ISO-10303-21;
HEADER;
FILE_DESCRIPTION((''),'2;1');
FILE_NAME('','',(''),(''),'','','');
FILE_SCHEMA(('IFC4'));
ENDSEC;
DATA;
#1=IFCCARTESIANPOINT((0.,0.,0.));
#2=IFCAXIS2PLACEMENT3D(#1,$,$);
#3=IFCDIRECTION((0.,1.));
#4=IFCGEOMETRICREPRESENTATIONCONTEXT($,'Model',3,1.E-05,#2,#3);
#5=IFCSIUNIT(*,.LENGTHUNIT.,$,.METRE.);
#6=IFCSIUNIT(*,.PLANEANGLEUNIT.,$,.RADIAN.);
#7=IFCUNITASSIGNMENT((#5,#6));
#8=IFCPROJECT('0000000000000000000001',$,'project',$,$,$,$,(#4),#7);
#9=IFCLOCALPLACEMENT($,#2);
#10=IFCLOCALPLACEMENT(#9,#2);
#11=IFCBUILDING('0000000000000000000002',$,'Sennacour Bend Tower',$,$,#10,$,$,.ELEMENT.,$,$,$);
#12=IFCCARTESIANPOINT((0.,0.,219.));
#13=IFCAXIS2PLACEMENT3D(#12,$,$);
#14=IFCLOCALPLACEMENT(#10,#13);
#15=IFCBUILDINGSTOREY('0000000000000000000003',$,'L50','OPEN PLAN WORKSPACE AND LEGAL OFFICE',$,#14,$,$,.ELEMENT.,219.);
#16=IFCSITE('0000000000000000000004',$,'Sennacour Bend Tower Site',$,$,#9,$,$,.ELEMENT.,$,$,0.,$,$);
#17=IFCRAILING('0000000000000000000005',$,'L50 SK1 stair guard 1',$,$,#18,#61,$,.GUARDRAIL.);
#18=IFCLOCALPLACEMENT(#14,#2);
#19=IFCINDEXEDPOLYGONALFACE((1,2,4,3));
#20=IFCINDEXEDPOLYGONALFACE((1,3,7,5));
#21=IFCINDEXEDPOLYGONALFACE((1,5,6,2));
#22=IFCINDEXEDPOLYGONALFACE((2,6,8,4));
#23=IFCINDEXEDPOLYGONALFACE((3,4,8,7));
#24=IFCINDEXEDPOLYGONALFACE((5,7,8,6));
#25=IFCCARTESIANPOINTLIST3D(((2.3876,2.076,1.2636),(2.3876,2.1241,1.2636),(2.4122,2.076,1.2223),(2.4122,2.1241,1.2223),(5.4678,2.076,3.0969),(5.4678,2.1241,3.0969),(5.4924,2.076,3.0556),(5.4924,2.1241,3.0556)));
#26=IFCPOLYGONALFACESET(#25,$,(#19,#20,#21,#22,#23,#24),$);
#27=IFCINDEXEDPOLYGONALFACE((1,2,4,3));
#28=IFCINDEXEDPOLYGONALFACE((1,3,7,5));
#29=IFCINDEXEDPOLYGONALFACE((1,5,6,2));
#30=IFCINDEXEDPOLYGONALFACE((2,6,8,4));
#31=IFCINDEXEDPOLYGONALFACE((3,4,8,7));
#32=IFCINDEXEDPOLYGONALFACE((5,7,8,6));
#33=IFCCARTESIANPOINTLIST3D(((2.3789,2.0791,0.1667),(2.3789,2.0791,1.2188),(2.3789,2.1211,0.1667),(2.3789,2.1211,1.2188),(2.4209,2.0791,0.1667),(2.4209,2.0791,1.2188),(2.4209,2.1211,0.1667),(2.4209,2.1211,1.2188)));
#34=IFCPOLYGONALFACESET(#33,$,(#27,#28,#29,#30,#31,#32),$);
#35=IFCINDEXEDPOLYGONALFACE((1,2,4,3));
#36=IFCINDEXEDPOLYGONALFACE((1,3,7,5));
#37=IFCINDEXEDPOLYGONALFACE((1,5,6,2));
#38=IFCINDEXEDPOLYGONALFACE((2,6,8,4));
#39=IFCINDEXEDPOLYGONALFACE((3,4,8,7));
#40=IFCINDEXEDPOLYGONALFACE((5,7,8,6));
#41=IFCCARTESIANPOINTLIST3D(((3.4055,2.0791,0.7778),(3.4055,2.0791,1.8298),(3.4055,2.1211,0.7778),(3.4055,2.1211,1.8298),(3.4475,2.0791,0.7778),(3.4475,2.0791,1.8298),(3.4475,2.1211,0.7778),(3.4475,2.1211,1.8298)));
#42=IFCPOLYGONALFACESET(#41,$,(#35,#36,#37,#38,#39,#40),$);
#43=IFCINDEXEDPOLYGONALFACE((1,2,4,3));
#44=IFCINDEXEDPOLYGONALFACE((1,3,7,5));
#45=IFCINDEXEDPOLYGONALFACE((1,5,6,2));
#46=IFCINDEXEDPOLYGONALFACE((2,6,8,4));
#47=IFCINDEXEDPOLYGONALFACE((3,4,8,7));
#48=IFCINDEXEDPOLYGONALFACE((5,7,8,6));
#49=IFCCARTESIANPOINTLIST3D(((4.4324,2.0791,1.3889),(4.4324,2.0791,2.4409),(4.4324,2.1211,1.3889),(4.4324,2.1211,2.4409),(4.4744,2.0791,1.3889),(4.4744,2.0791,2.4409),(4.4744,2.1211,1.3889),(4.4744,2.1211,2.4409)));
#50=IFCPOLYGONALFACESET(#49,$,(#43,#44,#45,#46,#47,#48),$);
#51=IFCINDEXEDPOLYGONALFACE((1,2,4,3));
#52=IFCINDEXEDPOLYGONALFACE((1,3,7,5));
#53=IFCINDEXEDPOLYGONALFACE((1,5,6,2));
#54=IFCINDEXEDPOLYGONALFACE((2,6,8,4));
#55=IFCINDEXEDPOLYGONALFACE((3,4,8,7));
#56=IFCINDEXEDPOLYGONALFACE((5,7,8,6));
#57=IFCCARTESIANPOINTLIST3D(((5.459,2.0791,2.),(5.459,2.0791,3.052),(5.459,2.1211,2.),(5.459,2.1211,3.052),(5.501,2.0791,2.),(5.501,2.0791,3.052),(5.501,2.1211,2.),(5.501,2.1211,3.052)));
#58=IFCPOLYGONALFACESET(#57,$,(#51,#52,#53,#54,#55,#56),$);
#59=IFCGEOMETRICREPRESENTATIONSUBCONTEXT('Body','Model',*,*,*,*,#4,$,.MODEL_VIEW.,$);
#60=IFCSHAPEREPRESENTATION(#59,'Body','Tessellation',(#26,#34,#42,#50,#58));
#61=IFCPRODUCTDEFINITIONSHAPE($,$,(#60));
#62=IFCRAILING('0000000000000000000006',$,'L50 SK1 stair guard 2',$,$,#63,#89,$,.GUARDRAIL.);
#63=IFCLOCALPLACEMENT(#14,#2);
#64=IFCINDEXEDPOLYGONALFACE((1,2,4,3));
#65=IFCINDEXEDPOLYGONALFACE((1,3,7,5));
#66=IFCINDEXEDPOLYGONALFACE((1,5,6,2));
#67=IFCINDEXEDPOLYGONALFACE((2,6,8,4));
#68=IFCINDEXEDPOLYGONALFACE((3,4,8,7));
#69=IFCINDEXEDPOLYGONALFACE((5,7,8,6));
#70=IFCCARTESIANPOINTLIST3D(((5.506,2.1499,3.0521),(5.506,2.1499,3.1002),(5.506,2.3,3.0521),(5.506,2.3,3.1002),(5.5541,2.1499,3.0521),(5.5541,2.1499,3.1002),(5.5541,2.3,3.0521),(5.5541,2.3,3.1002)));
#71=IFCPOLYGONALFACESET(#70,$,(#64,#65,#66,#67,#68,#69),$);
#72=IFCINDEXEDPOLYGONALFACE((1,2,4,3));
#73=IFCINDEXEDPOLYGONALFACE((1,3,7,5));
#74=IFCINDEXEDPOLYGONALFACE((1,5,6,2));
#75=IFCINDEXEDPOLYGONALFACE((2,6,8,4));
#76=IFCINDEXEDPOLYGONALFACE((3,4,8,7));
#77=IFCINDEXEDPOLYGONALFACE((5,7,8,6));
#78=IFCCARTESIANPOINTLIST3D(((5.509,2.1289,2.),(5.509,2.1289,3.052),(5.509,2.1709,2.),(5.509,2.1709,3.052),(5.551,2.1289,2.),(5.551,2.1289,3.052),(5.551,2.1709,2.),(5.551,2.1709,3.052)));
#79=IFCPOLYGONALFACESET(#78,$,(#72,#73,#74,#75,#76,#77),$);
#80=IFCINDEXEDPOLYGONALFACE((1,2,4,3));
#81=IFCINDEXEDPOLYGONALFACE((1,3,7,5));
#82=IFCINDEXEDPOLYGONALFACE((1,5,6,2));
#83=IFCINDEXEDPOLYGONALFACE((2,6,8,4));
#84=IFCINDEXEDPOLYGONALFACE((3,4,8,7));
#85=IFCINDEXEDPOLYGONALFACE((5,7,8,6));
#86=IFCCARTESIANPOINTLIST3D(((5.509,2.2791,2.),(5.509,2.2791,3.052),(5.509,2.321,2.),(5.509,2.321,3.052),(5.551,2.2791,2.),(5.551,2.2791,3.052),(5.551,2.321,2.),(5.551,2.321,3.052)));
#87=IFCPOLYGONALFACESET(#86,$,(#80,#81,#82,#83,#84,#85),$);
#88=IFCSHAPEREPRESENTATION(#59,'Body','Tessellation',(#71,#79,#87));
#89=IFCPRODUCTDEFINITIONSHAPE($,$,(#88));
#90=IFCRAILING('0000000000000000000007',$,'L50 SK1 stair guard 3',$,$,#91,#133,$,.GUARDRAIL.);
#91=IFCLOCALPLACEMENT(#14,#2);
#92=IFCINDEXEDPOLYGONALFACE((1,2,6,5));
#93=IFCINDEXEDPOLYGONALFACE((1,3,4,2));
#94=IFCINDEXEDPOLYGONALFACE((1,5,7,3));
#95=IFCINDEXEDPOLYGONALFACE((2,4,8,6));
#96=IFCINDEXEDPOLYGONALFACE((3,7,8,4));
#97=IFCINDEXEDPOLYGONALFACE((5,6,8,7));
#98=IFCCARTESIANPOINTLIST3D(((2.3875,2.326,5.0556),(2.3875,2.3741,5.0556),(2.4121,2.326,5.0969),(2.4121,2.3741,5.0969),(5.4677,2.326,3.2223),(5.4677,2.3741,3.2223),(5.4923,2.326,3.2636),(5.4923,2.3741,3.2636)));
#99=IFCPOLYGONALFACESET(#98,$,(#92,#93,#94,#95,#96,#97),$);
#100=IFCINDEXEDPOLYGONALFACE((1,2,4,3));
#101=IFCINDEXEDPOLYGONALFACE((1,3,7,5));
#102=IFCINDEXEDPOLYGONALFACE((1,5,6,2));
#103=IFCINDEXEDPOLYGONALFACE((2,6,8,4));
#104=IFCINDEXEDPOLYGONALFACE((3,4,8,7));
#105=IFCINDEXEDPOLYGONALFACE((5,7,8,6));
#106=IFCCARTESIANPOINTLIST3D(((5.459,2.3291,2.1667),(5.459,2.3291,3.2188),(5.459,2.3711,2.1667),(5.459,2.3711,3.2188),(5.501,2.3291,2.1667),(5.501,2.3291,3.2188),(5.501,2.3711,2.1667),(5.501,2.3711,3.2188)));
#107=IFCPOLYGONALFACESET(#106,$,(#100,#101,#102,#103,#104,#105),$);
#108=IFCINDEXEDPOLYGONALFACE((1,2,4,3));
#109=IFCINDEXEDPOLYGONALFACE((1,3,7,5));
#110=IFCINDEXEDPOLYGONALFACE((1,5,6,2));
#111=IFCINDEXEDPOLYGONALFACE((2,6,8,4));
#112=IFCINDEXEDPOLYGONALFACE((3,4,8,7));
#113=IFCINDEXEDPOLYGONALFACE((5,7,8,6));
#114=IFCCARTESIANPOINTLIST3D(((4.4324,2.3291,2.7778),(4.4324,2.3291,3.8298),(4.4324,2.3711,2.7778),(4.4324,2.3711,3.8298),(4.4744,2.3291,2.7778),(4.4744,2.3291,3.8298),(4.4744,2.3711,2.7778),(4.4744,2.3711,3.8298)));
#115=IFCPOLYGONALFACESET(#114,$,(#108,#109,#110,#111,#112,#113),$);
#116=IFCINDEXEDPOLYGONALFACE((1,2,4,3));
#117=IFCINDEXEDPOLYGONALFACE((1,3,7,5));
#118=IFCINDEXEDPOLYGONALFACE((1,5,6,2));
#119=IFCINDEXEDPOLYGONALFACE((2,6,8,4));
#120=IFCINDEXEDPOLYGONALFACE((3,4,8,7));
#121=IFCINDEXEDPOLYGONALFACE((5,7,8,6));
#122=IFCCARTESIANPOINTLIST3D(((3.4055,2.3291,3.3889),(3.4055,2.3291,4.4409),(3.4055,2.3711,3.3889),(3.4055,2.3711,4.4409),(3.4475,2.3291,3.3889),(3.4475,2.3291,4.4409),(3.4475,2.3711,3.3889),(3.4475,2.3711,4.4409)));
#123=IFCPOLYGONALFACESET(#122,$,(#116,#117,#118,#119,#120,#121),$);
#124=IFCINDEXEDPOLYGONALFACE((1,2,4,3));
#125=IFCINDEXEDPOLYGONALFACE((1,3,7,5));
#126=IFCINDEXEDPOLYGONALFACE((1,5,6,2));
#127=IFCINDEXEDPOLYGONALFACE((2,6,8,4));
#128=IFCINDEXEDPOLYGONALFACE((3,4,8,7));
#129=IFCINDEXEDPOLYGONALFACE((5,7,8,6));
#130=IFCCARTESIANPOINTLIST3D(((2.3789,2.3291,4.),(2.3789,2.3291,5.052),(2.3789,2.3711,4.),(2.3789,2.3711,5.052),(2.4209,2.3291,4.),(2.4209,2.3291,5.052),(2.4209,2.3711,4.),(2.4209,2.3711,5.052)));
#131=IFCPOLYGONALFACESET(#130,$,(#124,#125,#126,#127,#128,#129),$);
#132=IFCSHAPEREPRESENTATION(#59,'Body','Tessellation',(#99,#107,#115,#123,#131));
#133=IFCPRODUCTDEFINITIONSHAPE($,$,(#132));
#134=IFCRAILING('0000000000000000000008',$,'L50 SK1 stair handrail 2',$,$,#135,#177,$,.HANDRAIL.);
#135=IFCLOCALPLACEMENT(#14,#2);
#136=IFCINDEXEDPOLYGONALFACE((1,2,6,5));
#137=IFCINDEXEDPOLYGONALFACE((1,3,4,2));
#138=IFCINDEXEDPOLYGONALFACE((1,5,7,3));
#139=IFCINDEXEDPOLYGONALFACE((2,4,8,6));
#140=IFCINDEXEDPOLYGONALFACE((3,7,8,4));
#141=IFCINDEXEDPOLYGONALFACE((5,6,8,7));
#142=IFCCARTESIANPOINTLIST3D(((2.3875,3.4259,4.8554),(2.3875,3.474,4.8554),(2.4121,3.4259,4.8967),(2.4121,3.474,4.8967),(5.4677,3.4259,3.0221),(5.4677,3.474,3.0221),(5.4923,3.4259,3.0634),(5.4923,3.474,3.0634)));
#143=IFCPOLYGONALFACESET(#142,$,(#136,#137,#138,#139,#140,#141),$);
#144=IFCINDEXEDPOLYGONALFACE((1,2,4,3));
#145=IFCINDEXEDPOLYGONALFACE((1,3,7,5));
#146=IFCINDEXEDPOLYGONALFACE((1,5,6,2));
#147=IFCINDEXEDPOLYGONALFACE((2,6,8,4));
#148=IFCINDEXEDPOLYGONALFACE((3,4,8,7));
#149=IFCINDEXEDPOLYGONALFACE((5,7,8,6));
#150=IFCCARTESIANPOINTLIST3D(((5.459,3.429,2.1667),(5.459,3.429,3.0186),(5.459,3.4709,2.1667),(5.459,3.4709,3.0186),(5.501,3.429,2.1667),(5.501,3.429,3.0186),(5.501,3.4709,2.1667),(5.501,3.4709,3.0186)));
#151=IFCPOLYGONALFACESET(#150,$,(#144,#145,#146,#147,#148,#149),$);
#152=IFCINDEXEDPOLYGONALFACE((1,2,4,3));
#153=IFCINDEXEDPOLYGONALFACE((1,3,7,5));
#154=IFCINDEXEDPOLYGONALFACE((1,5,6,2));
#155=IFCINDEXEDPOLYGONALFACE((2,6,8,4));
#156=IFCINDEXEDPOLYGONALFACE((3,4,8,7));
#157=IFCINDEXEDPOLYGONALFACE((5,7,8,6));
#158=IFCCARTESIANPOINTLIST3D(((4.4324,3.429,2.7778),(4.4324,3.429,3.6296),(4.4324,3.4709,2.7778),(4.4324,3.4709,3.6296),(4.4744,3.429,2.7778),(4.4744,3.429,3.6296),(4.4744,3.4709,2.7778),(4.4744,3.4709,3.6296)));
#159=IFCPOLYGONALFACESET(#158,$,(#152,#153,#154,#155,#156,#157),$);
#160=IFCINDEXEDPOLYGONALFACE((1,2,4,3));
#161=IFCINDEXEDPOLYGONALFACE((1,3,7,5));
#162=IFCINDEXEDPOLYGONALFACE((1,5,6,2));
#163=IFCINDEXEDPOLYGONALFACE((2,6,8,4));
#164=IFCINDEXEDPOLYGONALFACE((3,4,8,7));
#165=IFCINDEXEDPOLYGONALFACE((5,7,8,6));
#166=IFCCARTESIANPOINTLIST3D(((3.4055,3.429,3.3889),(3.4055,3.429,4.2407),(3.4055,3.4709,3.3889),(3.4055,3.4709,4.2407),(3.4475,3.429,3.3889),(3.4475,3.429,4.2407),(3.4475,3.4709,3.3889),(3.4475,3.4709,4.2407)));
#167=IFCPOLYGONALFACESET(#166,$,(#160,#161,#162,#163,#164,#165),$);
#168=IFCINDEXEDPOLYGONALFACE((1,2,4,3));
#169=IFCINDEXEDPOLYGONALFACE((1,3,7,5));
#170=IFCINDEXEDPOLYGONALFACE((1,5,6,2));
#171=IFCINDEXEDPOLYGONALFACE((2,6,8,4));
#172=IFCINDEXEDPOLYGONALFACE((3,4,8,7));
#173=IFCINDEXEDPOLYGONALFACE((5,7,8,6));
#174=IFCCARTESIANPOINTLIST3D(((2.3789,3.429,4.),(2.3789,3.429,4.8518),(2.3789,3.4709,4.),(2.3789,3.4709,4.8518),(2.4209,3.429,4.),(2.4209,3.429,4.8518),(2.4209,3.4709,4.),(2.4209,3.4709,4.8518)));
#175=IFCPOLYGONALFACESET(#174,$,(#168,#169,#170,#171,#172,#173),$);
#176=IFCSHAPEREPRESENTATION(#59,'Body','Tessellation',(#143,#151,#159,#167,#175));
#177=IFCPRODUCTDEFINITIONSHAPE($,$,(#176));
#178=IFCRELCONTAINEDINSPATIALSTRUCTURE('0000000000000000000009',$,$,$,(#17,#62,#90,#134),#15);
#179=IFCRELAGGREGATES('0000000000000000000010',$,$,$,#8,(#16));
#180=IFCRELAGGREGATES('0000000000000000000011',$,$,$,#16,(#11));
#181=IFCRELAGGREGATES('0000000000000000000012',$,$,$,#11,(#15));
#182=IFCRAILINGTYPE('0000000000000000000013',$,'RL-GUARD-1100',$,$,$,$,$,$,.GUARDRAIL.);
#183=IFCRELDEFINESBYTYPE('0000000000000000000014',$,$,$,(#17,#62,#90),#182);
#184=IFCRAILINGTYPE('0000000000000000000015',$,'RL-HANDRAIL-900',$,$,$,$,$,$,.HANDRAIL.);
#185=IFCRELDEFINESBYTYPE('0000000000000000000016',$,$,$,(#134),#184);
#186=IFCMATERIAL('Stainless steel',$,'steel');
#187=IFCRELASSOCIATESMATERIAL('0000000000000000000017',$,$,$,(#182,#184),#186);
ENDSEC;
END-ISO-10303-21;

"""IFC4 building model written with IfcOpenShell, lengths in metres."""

from ifc_helpers import new_model, si_unit, direction, frame, origin, origin_2d, place, context, subcontext, project, spatial, rectangle, extrude, material, type_object, element, save


model = new_model("IFC4")

# Units and contexts
model_context = context("Model", 3, precision=1e-05, world=origin(), true_north=direction((0.0, 1.0)))
body_context = subcontext(model_context, "Body", "Model", "MODEL_VIEW")
ifc_project = project(units=[si_unit("LENGTHUNIT", "METRE"), si_unit("PLANEANGLEUNIT", "RADIAN")], contexts=[model_context])

# Site, building, storey
site_placement = place(None, origin())
site = spatial("IfcSite", under=ifc_project, at=site_placement, Name="Sennacour Bend Tower Site", CompositionType="ELEMENT", RefElevation=0.0)
building_placement = place(site_placement, origin())
building = spatial("IfcBuilding", under=site, at=building_placement, Name="Sennacour Bend Tower", CompositionType="ELEMENT")
storey_placement = place(building_placement, frame((0.0, 0.0, 219.0)))
storey = spatial("IfcBuildingStorey", under=building, at=storey_placement, Name="L50", Description="OPEN PLAN WORKSPACE AND LEGAL OFFICE", CompositionType="ELEMENT", Elevation=219.0)

# Railings
ifc_material_1 = material(Name="Stainless steel", Category="steel")
railing_type_1 = type_object("IfcRailingType", Name="RL-GUARD-1100", PredefinedType="GUARDRAIL", material=ifc_material_1)
railing_1_placement = place(storey_placement, frame((2.3999, 2.1001, 0.1667)))
element("IfcRailing", 1, at=railing_1_placement, inside=storey, type_object=railing_type_1, Name="L50 SK1 stair guard 1", PredefinedType="GUARDRAIL", context=body_context, shape_type="SweptSolid", body=[
    extrude(rectangle(XDim=0.0481, YDim=0.0481, at=origin_2d()), frame((0.0, 0.0, 1.0762), z_axis=(0.859309, 0.0, 0.511458), x_axis=(0.0, 1.0, 0.0)), (0.0, 0.0, 1.0), 3.5845),
    extrude(rectangle(XDim=0.042, YDim=0.042, at=origin_2d()), origin(), (0.0, 0.0, 1.0), 1.052),
    extrude(rectangle(XDim=0.042, YDim=0.042, at=origin_2d()), frame((1.0266, 0.0, 0.6111)), (0.0, 0.0, 1.0), 1.052),
    extrude(rectangle(XDim=0.042, YDim=0.042, at=origin_2d()), frame((2.0535, 0.0, 1.2222)), (0.0, 0.0, 1.0), 1.052),
    extrude(rectangle(XDim=0.042, YDim=0.042, at=origin_2d()), frame((3.0801, 0.0, 1.8333)), (0.0, 0.0, 1.0), 1.052),
])
railing_2_placement = place(storey_placement, frame((5.53, 2.1499, 2.0)))
element("IfcRailing", 2, at=railing_2_placement, inside=storey, type_object=railing_type_1, Name="L50 SK1 stair guard 2", PredefinedType="GUARDRAIL", context=body_context, shape_type="SweptSolid", body=[
    extrude(rectangle(XDim=0.0481, YDim=0.0481, at=origin_2d()), frame((0.0, 0.0, 1.0762), z_axis=(0.0, 1.0, 0.0), x_axis=(-1.0, 0.0, 0.0)), (0.0, 0.0, 1.0), 0.1501),
    extrude(rectangle(XDim=0.042, YDim=0.042, at=origin_2d()), origin(), (0.0, 0.0, 1.0), 1.052),
    extrude(rectangle(XDim=0.042, YDim=0.042, at=origin_2d()), frame((0.0, 0.1501, 0.0)), (0.0, 0.0, 1.0), 1.052),
])
railing_3_placement = place(storey_placement, frame((5.48, 2.3501, 2.1667)))
element("IfcRailing", 3, at=railing_3_placement, inside=storey, type_object=railing_type_1, Name="L50 SK1 stair guard 3", PredefinedType="GUARDRAIL", context=body_context, shape_type="SweptSolid", body=[
    extrude(rectangle(XDim=0.0481, YDim=0.0481, at=origin_2d()), frame((0.0, 0.0, 1.0762), z_axis=(-0.859309, 0.0, 0.511458), x_axis=(0.0, -1.0, 0.0)), (0.0, 0.0, 1.0), 3.5845),
    extrude(rectangle(XDim=0.042, YDim=0.042, at=origin_2d()), origin(), (0.0, 0.0, 1.0), 1.052),
    extrude(rectangle(XDim=0.042, YDim=0.042, at=origin_2d()), frame((-1.0266, 0.0, 0.6111)), (0.0, 0.0, 1.0), 1.052),
    extrude(rectangle(XDim=0.042, YDim=0.042, at=origin_2d()), frame((-2.0535, 0.0, 1.2222)), (0.0, 0.0, 1.0), 1.052),
    extrude(rectangle(XDim=0.042, YDim=0.042, at=origin_2d()), frame((-3.0801, 0.0, 1.8333)), (0.0, 0.0, 1.0), 1.052),
])
railing_type_2 = type_object("IfcRailingType", Name="RL-HANDRAIL-900", PredefinedType="HANDRAIL", material=ifc_material_1)
railing_4_placement = place(storey_placement, frame((5.48, 3.45, 2.1667)))
element("IfcRailing", 4, at=railing_4_placement, inside=storey, type_object=railing_type_2, Name="L50 SK1 stair handrail 2", PredefinedType="HANDRAIL", context=body_context, shape_type="SweptSolid", body=[
    extrude(rectangle(XDim=0.0481, YDim=0.0481, at=origin_2d()), frame((0.0, 0.0, 0.876), z_axis=(-0.859309, 0.0, 0.511458), x_axis=(0.0, -1.0, 0.0)), (0.0, 0.0, 1.0), 3.5845),
    extrude(rectangle(XDim=0.042, YDim=0.042, at=origin_2d()), origin(), (0.0, 0.0, 1.0), 0.8518),
    extrude(rectangle(XDim=0.042, YDim=0.042, at=origin_2d()), frame((-1.0266, 0.0, 0.6111)), (0.0, 0.0, 1.0), 0.8518),
    extrude(rectangle(XDim=0.042, YDim=0.042, at=origin_2d()), frame((-2.0535, 0.0, 1.2222)), (0.0, 0.0, 1.0), 0.8518),
    extrude(rectangle(XDim=0.042, YDim=0.042, at=origin_2d()), frame((-3.0801, 0.0, 1.8333)), (0.0, 0.0, 1.0), 0.8518),
])

save(model, "model.ifc")
